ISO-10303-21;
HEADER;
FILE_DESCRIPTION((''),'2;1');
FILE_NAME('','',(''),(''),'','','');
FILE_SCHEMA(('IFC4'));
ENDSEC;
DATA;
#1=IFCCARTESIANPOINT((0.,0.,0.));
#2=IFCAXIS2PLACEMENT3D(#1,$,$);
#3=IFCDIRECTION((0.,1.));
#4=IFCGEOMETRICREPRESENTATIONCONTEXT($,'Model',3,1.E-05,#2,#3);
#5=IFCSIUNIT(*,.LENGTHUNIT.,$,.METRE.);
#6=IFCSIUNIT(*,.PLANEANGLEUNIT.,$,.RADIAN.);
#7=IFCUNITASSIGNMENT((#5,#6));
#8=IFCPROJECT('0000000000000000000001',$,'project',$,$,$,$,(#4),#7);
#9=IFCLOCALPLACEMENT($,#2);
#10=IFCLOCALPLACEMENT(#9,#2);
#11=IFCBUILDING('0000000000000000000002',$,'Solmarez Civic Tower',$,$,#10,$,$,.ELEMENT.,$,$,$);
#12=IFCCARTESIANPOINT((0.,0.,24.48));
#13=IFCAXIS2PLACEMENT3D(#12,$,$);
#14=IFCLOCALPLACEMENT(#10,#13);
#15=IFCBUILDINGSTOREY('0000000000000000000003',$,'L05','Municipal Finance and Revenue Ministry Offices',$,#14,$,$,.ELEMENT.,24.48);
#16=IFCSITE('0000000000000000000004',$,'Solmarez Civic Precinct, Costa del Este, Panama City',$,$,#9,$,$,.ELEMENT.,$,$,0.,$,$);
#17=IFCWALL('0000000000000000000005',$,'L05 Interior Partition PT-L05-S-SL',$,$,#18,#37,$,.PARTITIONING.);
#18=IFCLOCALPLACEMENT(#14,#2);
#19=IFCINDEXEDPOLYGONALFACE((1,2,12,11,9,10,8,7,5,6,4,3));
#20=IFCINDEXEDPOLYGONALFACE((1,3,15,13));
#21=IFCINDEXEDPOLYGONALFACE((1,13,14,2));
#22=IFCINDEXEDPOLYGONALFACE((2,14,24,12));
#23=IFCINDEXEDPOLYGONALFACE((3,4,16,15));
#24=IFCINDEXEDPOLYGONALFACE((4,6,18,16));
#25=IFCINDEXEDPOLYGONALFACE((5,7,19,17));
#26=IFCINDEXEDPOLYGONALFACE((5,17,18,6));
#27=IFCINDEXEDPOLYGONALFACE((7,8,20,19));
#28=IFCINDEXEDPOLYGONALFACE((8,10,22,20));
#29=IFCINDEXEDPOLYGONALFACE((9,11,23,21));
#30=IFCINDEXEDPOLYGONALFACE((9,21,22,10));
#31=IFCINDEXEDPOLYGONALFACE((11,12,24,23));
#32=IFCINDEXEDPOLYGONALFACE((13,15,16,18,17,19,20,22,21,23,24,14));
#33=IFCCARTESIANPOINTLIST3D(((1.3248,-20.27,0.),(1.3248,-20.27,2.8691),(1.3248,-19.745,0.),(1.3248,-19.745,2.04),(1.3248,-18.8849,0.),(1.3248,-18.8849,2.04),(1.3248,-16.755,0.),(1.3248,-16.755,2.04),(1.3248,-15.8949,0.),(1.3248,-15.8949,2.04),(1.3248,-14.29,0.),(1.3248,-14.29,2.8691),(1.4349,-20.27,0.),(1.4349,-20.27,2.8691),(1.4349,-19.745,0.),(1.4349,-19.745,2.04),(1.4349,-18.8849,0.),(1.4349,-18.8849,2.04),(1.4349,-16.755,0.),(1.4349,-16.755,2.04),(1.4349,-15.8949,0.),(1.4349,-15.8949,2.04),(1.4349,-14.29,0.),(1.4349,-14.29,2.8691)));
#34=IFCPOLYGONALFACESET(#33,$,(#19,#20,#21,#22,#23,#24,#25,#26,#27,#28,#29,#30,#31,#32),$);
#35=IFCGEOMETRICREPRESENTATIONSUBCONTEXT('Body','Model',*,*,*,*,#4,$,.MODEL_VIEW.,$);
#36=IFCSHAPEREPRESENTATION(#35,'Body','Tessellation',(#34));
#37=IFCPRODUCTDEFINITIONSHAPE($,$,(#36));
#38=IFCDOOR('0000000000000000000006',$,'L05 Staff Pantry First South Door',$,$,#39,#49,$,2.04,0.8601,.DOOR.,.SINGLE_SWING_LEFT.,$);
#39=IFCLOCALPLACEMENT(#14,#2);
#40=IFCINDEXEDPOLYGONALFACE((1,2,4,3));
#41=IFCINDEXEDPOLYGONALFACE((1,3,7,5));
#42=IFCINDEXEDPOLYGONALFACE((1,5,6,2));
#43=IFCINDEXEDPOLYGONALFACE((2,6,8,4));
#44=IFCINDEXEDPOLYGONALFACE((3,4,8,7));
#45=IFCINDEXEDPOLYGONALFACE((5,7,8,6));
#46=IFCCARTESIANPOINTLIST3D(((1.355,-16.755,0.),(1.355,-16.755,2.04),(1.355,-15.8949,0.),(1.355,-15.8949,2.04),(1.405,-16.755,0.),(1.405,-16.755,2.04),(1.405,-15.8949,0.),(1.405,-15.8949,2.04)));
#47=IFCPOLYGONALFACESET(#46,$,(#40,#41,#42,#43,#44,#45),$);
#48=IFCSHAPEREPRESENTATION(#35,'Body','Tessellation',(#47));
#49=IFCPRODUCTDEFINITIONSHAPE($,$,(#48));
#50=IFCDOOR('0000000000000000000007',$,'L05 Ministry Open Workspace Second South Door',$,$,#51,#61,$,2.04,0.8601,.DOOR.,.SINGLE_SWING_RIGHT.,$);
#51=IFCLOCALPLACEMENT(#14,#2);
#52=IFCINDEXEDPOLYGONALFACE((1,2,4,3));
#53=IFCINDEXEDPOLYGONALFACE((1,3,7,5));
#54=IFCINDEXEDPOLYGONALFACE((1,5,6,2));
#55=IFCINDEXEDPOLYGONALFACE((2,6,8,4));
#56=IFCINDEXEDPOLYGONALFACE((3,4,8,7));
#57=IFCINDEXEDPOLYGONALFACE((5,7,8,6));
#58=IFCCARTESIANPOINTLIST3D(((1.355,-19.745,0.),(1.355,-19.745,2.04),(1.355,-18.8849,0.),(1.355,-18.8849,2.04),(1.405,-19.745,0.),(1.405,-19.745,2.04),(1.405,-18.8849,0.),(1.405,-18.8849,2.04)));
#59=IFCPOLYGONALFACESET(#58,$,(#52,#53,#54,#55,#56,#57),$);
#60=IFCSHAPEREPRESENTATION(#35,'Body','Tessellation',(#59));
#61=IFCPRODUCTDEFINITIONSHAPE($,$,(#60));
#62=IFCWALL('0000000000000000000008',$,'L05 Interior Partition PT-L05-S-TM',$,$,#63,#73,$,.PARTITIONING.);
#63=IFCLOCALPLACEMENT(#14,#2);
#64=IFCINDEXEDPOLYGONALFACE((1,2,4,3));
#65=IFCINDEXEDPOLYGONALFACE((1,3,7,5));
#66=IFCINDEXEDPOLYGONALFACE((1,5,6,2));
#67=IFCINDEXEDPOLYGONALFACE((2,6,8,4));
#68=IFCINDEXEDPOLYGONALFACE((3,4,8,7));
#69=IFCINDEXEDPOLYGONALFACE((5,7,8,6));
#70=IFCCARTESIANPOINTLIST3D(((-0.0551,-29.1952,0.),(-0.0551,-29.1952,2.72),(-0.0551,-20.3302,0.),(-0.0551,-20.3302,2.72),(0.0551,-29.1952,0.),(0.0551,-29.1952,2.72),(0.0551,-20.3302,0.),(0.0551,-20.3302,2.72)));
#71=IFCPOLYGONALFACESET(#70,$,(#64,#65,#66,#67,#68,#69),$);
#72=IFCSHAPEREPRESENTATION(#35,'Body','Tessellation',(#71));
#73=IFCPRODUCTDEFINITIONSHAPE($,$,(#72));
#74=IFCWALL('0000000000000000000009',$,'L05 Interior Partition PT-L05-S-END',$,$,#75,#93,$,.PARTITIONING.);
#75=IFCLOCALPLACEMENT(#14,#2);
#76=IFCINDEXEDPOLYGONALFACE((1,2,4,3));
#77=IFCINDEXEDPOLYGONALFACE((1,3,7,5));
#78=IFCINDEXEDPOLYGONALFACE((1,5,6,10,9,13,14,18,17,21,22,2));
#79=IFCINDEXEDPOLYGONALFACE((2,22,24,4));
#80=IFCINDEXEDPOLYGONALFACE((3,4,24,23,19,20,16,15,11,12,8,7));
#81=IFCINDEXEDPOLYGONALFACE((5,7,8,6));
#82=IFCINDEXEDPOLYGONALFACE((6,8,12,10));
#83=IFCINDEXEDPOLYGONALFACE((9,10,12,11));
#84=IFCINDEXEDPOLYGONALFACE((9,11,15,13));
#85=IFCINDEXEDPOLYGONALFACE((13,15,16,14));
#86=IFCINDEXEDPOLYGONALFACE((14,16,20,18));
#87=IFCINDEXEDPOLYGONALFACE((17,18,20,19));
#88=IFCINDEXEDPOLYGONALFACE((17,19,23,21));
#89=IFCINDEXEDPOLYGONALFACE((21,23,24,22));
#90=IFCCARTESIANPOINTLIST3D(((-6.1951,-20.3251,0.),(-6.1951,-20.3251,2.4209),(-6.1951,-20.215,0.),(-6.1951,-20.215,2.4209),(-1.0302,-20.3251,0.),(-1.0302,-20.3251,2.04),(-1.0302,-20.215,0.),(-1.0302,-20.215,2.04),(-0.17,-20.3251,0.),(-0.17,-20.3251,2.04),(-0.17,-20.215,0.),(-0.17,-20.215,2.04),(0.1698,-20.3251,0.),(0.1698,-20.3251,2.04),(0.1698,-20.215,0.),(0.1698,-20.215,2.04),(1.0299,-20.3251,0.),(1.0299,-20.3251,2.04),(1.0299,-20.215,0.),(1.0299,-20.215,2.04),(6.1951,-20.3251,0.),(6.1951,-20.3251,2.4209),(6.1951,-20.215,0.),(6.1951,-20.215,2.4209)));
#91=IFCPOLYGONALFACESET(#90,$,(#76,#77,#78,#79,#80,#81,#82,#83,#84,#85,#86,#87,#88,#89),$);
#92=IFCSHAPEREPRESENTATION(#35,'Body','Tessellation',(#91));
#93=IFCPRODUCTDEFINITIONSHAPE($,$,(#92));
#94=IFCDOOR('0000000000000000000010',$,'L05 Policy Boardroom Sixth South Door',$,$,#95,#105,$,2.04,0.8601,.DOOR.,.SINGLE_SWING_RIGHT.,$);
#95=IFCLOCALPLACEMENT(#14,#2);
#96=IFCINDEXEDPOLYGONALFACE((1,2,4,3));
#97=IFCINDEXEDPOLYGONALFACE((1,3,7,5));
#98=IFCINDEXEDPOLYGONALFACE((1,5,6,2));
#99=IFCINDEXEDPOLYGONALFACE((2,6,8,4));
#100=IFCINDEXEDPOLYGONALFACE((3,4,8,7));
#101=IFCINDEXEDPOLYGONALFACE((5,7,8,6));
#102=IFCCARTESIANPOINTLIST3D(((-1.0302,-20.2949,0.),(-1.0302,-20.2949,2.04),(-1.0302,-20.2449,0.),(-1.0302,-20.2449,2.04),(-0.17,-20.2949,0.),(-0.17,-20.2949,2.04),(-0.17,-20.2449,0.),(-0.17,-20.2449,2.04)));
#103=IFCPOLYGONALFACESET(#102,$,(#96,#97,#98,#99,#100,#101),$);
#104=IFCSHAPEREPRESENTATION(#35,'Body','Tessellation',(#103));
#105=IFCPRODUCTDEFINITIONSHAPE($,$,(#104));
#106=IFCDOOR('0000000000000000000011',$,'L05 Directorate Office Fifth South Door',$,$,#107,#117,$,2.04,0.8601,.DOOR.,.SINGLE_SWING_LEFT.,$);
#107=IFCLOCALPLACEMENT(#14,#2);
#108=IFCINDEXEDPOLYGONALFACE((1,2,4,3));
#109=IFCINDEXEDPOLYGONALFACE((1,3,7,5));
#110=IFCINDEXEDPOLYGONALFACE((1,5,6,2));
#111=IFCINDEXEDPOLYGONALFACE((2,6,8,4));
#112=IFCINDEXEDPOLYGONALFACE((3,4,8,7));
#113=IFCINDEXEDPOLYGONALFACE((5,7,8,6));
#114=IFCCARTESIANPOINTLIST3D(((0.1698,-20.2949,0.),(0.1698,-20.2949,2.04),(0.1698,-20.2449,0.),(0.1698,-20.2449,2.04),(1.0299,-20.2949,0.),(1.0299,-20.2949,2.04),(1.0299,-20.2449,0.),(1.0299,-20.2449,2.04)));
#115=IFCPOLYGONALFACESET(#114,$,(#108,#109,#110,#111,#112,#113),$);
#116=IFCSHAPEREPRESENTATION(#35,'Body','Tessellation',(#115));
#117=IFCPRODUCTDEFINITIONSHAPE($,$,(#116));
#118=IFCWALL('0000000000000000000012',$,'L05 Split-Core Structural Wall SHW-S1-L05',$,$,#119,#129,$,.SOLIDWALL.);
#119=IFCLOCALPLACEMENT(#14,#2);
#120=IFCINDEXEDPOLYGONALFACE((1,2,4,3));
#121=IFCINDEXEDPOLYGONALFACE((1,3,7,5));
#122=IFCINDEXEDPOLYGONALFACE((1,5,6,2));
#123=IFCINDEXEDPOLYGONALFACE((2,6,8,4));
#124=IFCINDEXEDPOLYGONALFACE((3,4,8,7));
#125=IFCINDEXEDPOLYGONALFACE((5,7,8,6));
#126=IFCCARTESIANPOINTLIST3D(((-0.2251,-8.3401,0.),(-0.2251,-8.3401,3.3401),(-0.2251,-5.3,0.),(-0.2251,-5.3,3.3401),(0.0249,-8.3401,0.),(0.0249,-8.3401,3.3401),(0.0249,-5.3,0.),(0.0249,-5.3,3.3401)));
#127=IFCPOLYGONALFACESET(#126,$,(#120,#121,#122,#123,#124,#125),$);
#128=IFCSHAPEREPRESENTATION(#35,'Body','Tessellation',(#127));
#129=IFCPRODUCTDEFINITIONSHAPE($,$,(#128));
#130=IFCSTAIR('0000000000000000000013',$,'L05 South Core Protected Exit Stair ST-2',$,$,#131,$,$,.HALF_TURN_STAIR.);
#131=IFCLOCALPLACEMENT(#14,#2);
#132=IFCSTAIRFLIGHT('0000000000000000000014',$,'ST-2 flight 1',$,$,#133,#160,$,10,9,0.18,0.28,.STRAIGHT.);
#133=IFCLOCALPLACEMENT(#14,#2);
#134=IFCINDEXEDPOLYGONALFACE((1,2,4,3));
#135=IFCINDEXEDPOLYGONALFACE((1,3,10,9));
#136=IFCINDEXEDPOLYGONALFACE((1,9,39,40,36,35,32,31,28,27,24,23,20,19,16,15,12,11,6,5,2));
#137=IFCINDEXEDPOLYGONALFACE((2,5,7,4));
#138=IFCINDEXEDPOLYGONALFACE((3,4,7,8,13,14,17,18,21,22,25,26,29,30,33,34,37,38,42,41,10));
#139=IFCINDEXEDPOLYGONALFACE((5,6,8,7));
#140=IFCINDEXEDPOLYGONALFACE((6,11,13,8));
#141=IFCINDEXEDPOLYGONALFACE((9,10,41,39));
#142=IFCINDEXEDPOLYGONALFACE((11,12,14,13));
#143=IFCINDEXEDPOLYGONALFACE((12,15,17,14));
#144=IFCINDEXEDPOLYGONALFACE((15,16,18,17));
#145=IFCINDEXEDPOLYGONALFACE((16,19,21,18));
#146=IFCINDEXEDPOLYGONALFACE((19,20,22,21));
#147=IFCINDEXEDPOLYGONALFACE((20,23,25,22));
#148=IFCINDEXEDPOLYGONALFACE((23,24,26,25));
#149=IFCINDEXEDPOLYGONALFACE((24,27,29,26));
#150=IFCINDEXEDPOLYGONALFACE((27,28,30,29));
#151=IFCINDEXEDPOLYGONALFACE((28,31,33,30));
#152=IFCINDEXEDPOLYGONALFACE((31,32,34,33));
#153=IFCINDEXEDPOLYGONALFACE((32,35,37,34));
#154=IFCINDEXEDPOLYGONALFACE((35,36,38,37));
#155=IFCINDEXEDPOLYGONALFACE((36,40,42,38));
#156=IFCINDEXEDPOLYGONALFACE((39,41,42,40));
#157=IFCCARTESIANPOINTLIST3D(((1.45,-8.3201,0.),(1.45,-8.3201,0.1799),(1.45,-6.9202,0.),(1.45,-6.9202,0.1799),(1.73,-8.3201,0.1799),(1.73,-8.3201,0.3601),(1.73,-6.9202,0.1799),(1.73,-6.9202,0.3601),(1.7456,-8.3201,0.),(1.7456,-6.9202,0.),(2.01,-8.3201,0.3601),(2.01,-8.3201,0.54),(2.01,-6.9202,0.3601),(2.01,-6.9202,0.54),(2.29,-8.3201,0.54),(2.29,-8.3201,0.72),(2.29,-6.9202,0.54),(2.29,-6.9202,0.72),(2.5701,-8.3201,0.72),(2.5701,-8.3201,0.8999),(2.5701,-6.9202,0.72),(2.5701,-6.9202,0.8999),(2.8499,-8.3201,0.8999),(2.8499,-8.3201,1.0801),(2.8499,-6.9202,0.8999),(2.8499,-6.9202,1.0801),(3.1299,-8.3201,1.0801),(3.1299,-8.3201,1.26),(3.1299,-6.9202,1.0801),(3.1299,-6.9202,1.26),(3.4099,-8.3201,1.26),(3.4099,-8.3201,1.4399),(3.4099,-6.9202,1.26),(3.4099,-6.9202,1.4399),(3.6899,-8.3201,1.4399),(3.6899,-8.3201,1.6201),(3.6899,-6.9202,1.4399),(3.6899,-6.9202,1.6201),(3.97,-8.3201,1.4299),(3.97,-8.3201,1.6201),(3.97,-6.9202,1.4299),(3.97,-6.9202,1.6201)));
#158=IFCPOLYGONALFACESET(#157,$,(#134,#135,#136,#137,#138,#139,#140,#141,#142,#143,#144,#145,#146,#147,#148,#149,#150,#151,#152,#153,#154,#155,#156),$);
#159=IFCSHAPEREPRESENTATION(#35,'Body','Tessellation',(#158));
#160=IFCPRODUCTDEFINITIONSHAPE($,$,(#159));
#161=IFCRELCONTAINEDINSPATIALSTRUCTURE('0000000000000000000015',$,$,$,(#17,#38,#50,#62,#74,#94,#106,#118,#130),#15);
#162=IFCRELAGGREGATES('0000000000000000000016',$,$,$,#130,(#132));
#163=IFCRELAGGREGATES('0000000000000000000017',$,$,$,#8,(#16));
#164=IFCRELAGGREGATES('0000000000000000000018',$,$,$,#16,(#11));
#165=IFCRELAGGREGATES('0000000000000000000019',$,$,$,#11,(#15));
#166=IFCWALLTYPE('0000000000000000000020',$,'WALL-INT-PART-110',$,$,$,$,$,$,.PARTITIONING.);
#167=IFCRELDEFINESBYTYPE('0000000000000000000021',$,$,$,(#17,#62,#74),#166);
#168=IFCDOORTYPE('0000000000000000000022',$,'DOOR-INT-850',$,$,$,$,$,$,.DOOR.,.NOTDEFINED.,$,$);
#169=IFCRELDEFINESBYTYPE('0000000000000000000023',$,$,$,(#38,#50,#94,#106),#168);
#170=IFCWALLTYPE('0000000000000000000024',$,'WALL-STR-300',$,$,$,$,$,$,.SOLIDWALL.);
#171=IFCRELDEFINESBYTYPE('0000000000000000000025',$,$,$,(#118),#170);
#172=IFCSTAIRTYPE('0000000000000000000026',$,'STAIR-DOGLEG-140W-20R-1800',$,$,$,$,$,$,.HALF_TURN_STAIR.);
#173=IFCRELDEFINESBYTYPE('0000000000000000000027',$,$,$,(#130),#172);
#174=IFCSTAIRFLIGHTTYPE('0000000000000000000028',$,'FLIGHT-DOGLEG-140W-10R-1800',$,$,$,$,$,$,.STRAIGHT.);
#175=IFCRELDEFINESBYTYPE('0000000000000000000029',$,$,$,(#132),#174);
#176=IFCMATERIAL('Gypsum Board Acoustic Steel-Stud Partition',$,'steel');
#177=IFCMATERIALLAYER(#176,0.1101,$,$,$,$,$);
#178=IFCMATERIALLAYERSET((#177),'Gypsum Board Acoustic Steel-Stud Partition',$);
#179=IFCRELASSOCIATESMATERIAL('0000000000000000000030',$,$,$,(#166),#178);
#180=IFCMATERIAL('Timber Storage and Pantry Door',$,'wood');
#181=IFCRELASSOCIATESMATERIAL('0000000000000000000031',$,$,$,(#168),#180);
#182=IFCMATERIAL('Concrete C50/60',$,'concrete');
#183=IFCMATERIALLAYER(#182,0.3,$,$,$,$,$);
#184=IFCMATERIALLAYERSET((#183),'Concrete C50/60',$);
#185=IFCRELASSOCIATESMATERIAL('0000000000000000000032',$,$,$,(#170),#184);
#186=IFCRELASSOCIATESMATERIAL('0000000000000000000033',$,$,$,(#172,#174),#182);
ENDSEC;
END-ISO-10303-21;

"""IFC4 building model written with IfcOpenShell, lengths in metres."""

from ifc_helpers import new_model, si_unit, direction, frame, frame_2d, origin, place, context, subcontext, project, spatial, polyline, rectangle, outline, extrude, material, layer, layer_set, type_object, element, fill, aggregate, save


model = new_model("IFC4")

# Units and contexts
model_context = context("Model", 3, precision=1e-05, world=origin(), true_north=direction((0.0, 1.0)))
body_context = subcontext(model_context, "Body", "Model", "MODEL_VIEW")
ifc_project = project(units=[si_unit("LENGTHUNIT", "METRE"), si_unit("PLANEANGLEUNIT", "RADIAN")], contexts=[model_context])

# Site, building, storey
site_placement = place(None, origin())
site = spatial("IfcSite", under=ifc_project, at=site_placement, Name="Solmarez Civic Precinct, Costa del Este, Panama City", CompositionType="ELEMENT", RefElevation=0.0)
building_placement = place(site_placement, origin())
building = spatial("IfcBuilding", under=site, at=building_placement, Name="Solmarez Civic Tower", CompositionType="ELEMENT")
storey_placement = place(building_placement, frame((0.0, 0.0, 24.48)))
storey = spatial("IfcBuildingStorey", under=building, at=storey_placement, Name="L05", Description="Municipal Finance and Revenue Ministry Offices", CompositionType="ELEMENT", Elevation=24.48)

# Shared definitions
ifc_material_1 = material(Name="Concrete C50/60", Category="concrete")

# Shared definitions
ifc_material_2 = material(Name="Gypsum Board Acoustic Steel-Stud Partition", Category="steel")
ifc_layer_1 = layer(ifc_material_2, 0.1101)
ifc_layer_set_1 = layer_set([ifc_layer_1], Name="Gypsum Board Acoustic Steel-Stud Partition")
wall_type_1 = type_object("IfcWallType", Name="WALL-INT-PART-110", PredefinedType="PARTITIONING", material=ifc_layer_set_1)

# Wall, openings, doors
wall_1_placement = place(storey_placement, frame((1.3799, -20.27, 0.0), z_axis=(0.0, 0.0, 1.0), x_axis=(0.0, 1.0, 0.0)))
wall_1 = element("IfcWall", 1, at=wall_1_placement, inside=storey, type_object=wall_type_1, Name="L05 Interior Partition PT-L05-S-SL", PredefinedType="PARTITIONING", context=body_context, shape_type="SweptSolid", body=[
    extrude(rectangle(XDim=5.98, YDim=0.1101, at=frame_2d((2.99, 0.0))), origin(), (0.0, 0.0, 1.0), 2.8691),
])
opening_1_placement = place(wall_1_placement, frame((3.5149, 0.0, 0.0)))
opening_1 = element("IfcOpeningElement", 2, at=opening_1_placement, cuts=wall_1, PredefinedType="OPENING", context=body_context, shape_type="SweptSolid", body=[
    extrude(rectangle(XDim=0.8601, YDim=2.04, at=frame_2d((0.4302, 1.02))), frame((0.0, 0.0649, 0.0), z_axis=(0.0, -1.0, 0.0), x_axis=(1.0, 0.0, 0.0)), (0.0, 0.0, 1.0), 0.1301),
])
opening_2_placement = place(wall_1_placement, frame((0.5249, 0.0, 0.0)))
opening_2 = element("IfcOpeningElement", 3, at=opening_2_placement, cuts=wall_1, PredefinedType="OPENING", context=body_context, shape_type="SweptSolid", body=[
    extrude(rectangle(XDim=0.8601, YDim=2.04, at=frame_2d((0.4302, 1.02))), frame((0.0, 0.0649, 0.0), z_axis=(0.0, -1.0, 0.0), x_axis=(1.0, 0.0, 0.0)), (0.0, 0.0, 1.0), 0.1301),
])
ifc_material_3 = material(Name="Timber Storage and Pantry Door", Category="wood")
door_type = type_object("IfcDoorType", Name="DOOR-INT-850", OperationType="NOTDEFINED", PredefinedType="DOOR", material=ifc_material_3)
door_1_placement = place(opening_1_placement, origin())
door_1 = element("IfcDoor", 4, at=door_1_placement, inside=storey, type_object=door_type, Name="L05 Staff Pantry First South Door", OperationType="SINGLE_SWING_LEFT", OverallHeight=2.04, OverallWidth=0.8601, PredefinedType="DOOR", context=body_context, shape_type="SweptSolid", body=[
    extrude(rectangle(XDim=0.8601, YDim=2.04, at=frame_2d((0.4302, 1.02))), frame((0.0, 0.0249, 0.0), z_axis=(0.0, -1.0, 0.0), x_axis=(1.0, 0.0, 0.0)), (0.0, 0.0, 1.0), 0.05),
])
fill(opening_1, door_1)
door_2_placement = place(opening_2_placement, origin())
door_2 = element("IfcDoor", 5, at=door_2_placement, inside=storey, type_object=door_type, Name="L05 Ministry Open Workspace Second South Door", OperationType="SINGLE_SWING_RIGHT", OverallHeight=2.04, OverallWidth=0.8601, PredefinedType="DOOR", context=body_context, shape_type="SweptSolid", body=[
    extrude(rectangle(XDim=0.8601, YDim=2.04, at=frame_2d((0.4302, 1.02))), frame((0.0, 0.0249, 0.0), z_axis=(0.0, -1.0, 0.0), x_axis=(1.0, 0.0, 0.0)), (0.0, 0.0, 1.0), 0.05),
])
fill(opening_2, door_2)

# Wall
wall_2_placement = place(storey_placement, frame((0.0, -20.3301, 0.0), z_axis=(0.0, 0.0, 1.0), x_axis=(0.0, -1.0, 0.0)))
element("IfcWall", 6, at=wall_2_placement, inside=storey, type_object=wall_type_1, Name="L05 Interior Partition PT-L05-S-TM", PredefinedType="PARTITIONING", context=body_context, shape_type="SweptSolid", body=[
    extrude(rectangle(XDim=8.865, YDim=0.1101, at=frame_2d((4.4326, 0.0))), origin(), (0.0, 0.0, 1.0), 2.72),
])

# Wall, openings, doors
wall_3_placement = place(storey_placement, frame((6.1951, -20.27, 0.0), z_axis=(0.0, 0.0, 1.0), x_axis=(-1.0, 0.0, 0.0)))
wall_3 = element("IfcWall", 7, at=wall_3_placement, inside=storey, type_object=wall_type_1, Name="L05 Interior Partition PT-L05-S-END", PredefinedType="PARTITIONING", context=body_context, shape_type="SweptSolid", body=[
    extrude(rectangle(XDim=12.3901, YDim=0.1101, at=frame_2d((6.1951, 0.0))), origin(), (0.0, 0.0, 1.0), 2.4209),
])
opening_3_placement = place(wall_3_placement, frame((6.365, 0.0, 0.0)))
opening_3 = element("IfcOpeningElement", 8, at=opening_3_placement, cuts=wall_3, PredefinedType="OPENING", context=body_context, shape_type="SweptSolid", body=[
    extrude(rectangle(XDim=0.8601, YDim=2.04, at=frame_2d((0.4302, 1.02))), frame((0.0, 0.0649, 0.0), z_axis=(0.0, -1.0, 0.0), x_axis=(1.0, 0.0, 0.0)), (0.0, 0.0, 1.0), 0.1301),
])
opening_4_placement = place(wall_3_placement, frame((5.165, 0.0, 0.0)))
opening_4 = element("IfcOpeningElement", 9, at=opening_4_placement, cuts=wall_3, PredefinedType="OPENING", context=body_context, shape_type="SweptSolid", body=[
    extrude(rectangle(XDim=0.8601, YDim=2.04, at=frame_2d((0.4302, 1.02))), frame((0.0, 0.0649, 0.0), z_axis=(0.0, -1.0, 0.0), x_axis=(1.0, 0.0, 0.0)), (0.0, 0.0, 1.0), 0.1301),
])
door_3_placement = place(opening_3_placement, origin())
door_3 = element("IfcDoor", 10, at=door_3_placement, inside=storey, type_object=door_type, Name="L05 Policy Boardroom Sixth South Door", OperationType="SINGLE_SWING_RIGHT", OverallHeight=2.04, OverallWidth=0.8601, PredefinedType="DOOR", context=body_context, shape_type="SweptSolid", body=[
    extrude(rectangle(XDim=0.8601, YDim=2.04, at=frame_2d((0.4302, 1.02))), frame((0.0, 0.0249, 0.0), z_axis=(0.0, -1.0, 0.0), x_axis=(1.0, 0.0, 0.0)), (0.0, 0.0, 1.0), 0.05),
])
fill(opening_3, door_3)
door_4_placement = place(opening_4_placement, origin())
door_4 = element("IfcDoor", 11, at=door_4_placement, inside=storey, type_object=door_type, Name="L05 Directorate Office Fifth South Door", OperationType="SINGLE_SWING_LEFT", OverallHeight=2.04, OverallWidth=0.8601, PredefinedType="DOOR", context=body_context, shape_type="SweptSolid", body=[
    extrude(rectangle(XDim=0.8601, YDim=2.04, at=frame_2d((0.4302, 1.02))), frame((0.0, 0.0249, 0.0), z_axis=(0.0, -1.0, 0.0), x_axis=(1.0, 0.0, 0.0)), (0.0, 0.0, 1.0), 0.05),
])
fill(opening_4, door_4)

# Wall
ifc_layer_2 = layer(ifc_material_1, 0.3)
ifc_layer_set_2 = layer_set([ifc_layer_2], Name="Concrete C50/60")
wall_type_2 = type_object("IfcWallType", Name="WALL-STR-300", PredefinedType="SOLIDWALL", material=ifc_layer_set_2)
wall_4_placement = place(storey_placement, frame((-0.1001, -8.3401, 0.0), z_axis=(0.0, 0.0, 1.0), x_axis=(0.0, 1.0, 0.0)))
element("IfcWall", 12, at=wall_4_placement, inside=storey, type_object=wall_type_2, Name="L05 Split-Core Structural Wall SHW-S1-L05", PredefinedType="SOLIDWALL", context=body_context, shape_type="SweptSolid", body=[
    extrude(rectangle(XDim=3.04, YDim=0.25, at=frame_2d((1.52, 0.0))), origin(), (0.0, 0.0, 1.0), 3.3401),
])

# Stair, stair flight
stair_type = type_object("IfcStairType", Name="STAIR-DOGLEG-140W-20R-1800", PredefinedType="HALF_TURN_STAIR", material=ifc_material_1)
stair_placement = place(storey_placement, origin())
stair = element("IfcStair", 13, at=stair_placement, inside=storey, type_object=stair_type, Name="L05 South Core Protected Exit Stair ST-2", PredefinedType="HALF_TURN_STAIR")
stair_flight_type = type_object("IfcStairFlightType", Name="FLIGHT-DOGLEG-140W-10R-1800", PredefinedType="STRAIGHT", material=ifc_material_1)
stair_flight_placement = place(storey_placement, frame((1.45, -7.6201, 0.0), z_axis=(0.0, 0.0, 1.0), x_axis=(1.0, 0.0, 0.0)))
stair_flight = element("IfcStairFlight", 14, at=stair_flight_placement, type_object=stair_flight_type, Name="ST-2 flight 1", NumberOfRisers=10, NumberOfTreads=9, PredefinedType="STRAIGHT", RiserHeight=0.18, TreadLength=0.28, context=body_context, shape_type="SweptSolid", body=[
    extrude(outline(polyline([(0.0, 0.0), (0.0, 0.1799), (0.28, 0.1799), (0.28, 0.3601), (0.5601, 0.3601), (0.5601, 0.54), (0.8401, 0.54), (0.8401, 0.72), (1.1201, 0.72), (1.1201, 0.8999), (1.3999, 0.8999), (1.3999, 1.0801), (1.6799, 1.0801), (1.6799, 1.26), (1.96, 1.26), (1.96, 1.4399), (2.24, 1.4399), (2.24, 1.6201), (2.52, 1.6201), (2.52, 1.8), (2.52, 1.4299), (0.2957, 0.0), (0.0, 0.0)])), frame((0.0, 0.7, 0.0), z_axis=(0.0, -1.0, 0.0), x_axis=(1.0, 0.0, 0.0)), (0.0, 0.0, 1.0), 1.3999),
])
aggregate(stair, [stair_flight])

save(model, "model.ifc")
